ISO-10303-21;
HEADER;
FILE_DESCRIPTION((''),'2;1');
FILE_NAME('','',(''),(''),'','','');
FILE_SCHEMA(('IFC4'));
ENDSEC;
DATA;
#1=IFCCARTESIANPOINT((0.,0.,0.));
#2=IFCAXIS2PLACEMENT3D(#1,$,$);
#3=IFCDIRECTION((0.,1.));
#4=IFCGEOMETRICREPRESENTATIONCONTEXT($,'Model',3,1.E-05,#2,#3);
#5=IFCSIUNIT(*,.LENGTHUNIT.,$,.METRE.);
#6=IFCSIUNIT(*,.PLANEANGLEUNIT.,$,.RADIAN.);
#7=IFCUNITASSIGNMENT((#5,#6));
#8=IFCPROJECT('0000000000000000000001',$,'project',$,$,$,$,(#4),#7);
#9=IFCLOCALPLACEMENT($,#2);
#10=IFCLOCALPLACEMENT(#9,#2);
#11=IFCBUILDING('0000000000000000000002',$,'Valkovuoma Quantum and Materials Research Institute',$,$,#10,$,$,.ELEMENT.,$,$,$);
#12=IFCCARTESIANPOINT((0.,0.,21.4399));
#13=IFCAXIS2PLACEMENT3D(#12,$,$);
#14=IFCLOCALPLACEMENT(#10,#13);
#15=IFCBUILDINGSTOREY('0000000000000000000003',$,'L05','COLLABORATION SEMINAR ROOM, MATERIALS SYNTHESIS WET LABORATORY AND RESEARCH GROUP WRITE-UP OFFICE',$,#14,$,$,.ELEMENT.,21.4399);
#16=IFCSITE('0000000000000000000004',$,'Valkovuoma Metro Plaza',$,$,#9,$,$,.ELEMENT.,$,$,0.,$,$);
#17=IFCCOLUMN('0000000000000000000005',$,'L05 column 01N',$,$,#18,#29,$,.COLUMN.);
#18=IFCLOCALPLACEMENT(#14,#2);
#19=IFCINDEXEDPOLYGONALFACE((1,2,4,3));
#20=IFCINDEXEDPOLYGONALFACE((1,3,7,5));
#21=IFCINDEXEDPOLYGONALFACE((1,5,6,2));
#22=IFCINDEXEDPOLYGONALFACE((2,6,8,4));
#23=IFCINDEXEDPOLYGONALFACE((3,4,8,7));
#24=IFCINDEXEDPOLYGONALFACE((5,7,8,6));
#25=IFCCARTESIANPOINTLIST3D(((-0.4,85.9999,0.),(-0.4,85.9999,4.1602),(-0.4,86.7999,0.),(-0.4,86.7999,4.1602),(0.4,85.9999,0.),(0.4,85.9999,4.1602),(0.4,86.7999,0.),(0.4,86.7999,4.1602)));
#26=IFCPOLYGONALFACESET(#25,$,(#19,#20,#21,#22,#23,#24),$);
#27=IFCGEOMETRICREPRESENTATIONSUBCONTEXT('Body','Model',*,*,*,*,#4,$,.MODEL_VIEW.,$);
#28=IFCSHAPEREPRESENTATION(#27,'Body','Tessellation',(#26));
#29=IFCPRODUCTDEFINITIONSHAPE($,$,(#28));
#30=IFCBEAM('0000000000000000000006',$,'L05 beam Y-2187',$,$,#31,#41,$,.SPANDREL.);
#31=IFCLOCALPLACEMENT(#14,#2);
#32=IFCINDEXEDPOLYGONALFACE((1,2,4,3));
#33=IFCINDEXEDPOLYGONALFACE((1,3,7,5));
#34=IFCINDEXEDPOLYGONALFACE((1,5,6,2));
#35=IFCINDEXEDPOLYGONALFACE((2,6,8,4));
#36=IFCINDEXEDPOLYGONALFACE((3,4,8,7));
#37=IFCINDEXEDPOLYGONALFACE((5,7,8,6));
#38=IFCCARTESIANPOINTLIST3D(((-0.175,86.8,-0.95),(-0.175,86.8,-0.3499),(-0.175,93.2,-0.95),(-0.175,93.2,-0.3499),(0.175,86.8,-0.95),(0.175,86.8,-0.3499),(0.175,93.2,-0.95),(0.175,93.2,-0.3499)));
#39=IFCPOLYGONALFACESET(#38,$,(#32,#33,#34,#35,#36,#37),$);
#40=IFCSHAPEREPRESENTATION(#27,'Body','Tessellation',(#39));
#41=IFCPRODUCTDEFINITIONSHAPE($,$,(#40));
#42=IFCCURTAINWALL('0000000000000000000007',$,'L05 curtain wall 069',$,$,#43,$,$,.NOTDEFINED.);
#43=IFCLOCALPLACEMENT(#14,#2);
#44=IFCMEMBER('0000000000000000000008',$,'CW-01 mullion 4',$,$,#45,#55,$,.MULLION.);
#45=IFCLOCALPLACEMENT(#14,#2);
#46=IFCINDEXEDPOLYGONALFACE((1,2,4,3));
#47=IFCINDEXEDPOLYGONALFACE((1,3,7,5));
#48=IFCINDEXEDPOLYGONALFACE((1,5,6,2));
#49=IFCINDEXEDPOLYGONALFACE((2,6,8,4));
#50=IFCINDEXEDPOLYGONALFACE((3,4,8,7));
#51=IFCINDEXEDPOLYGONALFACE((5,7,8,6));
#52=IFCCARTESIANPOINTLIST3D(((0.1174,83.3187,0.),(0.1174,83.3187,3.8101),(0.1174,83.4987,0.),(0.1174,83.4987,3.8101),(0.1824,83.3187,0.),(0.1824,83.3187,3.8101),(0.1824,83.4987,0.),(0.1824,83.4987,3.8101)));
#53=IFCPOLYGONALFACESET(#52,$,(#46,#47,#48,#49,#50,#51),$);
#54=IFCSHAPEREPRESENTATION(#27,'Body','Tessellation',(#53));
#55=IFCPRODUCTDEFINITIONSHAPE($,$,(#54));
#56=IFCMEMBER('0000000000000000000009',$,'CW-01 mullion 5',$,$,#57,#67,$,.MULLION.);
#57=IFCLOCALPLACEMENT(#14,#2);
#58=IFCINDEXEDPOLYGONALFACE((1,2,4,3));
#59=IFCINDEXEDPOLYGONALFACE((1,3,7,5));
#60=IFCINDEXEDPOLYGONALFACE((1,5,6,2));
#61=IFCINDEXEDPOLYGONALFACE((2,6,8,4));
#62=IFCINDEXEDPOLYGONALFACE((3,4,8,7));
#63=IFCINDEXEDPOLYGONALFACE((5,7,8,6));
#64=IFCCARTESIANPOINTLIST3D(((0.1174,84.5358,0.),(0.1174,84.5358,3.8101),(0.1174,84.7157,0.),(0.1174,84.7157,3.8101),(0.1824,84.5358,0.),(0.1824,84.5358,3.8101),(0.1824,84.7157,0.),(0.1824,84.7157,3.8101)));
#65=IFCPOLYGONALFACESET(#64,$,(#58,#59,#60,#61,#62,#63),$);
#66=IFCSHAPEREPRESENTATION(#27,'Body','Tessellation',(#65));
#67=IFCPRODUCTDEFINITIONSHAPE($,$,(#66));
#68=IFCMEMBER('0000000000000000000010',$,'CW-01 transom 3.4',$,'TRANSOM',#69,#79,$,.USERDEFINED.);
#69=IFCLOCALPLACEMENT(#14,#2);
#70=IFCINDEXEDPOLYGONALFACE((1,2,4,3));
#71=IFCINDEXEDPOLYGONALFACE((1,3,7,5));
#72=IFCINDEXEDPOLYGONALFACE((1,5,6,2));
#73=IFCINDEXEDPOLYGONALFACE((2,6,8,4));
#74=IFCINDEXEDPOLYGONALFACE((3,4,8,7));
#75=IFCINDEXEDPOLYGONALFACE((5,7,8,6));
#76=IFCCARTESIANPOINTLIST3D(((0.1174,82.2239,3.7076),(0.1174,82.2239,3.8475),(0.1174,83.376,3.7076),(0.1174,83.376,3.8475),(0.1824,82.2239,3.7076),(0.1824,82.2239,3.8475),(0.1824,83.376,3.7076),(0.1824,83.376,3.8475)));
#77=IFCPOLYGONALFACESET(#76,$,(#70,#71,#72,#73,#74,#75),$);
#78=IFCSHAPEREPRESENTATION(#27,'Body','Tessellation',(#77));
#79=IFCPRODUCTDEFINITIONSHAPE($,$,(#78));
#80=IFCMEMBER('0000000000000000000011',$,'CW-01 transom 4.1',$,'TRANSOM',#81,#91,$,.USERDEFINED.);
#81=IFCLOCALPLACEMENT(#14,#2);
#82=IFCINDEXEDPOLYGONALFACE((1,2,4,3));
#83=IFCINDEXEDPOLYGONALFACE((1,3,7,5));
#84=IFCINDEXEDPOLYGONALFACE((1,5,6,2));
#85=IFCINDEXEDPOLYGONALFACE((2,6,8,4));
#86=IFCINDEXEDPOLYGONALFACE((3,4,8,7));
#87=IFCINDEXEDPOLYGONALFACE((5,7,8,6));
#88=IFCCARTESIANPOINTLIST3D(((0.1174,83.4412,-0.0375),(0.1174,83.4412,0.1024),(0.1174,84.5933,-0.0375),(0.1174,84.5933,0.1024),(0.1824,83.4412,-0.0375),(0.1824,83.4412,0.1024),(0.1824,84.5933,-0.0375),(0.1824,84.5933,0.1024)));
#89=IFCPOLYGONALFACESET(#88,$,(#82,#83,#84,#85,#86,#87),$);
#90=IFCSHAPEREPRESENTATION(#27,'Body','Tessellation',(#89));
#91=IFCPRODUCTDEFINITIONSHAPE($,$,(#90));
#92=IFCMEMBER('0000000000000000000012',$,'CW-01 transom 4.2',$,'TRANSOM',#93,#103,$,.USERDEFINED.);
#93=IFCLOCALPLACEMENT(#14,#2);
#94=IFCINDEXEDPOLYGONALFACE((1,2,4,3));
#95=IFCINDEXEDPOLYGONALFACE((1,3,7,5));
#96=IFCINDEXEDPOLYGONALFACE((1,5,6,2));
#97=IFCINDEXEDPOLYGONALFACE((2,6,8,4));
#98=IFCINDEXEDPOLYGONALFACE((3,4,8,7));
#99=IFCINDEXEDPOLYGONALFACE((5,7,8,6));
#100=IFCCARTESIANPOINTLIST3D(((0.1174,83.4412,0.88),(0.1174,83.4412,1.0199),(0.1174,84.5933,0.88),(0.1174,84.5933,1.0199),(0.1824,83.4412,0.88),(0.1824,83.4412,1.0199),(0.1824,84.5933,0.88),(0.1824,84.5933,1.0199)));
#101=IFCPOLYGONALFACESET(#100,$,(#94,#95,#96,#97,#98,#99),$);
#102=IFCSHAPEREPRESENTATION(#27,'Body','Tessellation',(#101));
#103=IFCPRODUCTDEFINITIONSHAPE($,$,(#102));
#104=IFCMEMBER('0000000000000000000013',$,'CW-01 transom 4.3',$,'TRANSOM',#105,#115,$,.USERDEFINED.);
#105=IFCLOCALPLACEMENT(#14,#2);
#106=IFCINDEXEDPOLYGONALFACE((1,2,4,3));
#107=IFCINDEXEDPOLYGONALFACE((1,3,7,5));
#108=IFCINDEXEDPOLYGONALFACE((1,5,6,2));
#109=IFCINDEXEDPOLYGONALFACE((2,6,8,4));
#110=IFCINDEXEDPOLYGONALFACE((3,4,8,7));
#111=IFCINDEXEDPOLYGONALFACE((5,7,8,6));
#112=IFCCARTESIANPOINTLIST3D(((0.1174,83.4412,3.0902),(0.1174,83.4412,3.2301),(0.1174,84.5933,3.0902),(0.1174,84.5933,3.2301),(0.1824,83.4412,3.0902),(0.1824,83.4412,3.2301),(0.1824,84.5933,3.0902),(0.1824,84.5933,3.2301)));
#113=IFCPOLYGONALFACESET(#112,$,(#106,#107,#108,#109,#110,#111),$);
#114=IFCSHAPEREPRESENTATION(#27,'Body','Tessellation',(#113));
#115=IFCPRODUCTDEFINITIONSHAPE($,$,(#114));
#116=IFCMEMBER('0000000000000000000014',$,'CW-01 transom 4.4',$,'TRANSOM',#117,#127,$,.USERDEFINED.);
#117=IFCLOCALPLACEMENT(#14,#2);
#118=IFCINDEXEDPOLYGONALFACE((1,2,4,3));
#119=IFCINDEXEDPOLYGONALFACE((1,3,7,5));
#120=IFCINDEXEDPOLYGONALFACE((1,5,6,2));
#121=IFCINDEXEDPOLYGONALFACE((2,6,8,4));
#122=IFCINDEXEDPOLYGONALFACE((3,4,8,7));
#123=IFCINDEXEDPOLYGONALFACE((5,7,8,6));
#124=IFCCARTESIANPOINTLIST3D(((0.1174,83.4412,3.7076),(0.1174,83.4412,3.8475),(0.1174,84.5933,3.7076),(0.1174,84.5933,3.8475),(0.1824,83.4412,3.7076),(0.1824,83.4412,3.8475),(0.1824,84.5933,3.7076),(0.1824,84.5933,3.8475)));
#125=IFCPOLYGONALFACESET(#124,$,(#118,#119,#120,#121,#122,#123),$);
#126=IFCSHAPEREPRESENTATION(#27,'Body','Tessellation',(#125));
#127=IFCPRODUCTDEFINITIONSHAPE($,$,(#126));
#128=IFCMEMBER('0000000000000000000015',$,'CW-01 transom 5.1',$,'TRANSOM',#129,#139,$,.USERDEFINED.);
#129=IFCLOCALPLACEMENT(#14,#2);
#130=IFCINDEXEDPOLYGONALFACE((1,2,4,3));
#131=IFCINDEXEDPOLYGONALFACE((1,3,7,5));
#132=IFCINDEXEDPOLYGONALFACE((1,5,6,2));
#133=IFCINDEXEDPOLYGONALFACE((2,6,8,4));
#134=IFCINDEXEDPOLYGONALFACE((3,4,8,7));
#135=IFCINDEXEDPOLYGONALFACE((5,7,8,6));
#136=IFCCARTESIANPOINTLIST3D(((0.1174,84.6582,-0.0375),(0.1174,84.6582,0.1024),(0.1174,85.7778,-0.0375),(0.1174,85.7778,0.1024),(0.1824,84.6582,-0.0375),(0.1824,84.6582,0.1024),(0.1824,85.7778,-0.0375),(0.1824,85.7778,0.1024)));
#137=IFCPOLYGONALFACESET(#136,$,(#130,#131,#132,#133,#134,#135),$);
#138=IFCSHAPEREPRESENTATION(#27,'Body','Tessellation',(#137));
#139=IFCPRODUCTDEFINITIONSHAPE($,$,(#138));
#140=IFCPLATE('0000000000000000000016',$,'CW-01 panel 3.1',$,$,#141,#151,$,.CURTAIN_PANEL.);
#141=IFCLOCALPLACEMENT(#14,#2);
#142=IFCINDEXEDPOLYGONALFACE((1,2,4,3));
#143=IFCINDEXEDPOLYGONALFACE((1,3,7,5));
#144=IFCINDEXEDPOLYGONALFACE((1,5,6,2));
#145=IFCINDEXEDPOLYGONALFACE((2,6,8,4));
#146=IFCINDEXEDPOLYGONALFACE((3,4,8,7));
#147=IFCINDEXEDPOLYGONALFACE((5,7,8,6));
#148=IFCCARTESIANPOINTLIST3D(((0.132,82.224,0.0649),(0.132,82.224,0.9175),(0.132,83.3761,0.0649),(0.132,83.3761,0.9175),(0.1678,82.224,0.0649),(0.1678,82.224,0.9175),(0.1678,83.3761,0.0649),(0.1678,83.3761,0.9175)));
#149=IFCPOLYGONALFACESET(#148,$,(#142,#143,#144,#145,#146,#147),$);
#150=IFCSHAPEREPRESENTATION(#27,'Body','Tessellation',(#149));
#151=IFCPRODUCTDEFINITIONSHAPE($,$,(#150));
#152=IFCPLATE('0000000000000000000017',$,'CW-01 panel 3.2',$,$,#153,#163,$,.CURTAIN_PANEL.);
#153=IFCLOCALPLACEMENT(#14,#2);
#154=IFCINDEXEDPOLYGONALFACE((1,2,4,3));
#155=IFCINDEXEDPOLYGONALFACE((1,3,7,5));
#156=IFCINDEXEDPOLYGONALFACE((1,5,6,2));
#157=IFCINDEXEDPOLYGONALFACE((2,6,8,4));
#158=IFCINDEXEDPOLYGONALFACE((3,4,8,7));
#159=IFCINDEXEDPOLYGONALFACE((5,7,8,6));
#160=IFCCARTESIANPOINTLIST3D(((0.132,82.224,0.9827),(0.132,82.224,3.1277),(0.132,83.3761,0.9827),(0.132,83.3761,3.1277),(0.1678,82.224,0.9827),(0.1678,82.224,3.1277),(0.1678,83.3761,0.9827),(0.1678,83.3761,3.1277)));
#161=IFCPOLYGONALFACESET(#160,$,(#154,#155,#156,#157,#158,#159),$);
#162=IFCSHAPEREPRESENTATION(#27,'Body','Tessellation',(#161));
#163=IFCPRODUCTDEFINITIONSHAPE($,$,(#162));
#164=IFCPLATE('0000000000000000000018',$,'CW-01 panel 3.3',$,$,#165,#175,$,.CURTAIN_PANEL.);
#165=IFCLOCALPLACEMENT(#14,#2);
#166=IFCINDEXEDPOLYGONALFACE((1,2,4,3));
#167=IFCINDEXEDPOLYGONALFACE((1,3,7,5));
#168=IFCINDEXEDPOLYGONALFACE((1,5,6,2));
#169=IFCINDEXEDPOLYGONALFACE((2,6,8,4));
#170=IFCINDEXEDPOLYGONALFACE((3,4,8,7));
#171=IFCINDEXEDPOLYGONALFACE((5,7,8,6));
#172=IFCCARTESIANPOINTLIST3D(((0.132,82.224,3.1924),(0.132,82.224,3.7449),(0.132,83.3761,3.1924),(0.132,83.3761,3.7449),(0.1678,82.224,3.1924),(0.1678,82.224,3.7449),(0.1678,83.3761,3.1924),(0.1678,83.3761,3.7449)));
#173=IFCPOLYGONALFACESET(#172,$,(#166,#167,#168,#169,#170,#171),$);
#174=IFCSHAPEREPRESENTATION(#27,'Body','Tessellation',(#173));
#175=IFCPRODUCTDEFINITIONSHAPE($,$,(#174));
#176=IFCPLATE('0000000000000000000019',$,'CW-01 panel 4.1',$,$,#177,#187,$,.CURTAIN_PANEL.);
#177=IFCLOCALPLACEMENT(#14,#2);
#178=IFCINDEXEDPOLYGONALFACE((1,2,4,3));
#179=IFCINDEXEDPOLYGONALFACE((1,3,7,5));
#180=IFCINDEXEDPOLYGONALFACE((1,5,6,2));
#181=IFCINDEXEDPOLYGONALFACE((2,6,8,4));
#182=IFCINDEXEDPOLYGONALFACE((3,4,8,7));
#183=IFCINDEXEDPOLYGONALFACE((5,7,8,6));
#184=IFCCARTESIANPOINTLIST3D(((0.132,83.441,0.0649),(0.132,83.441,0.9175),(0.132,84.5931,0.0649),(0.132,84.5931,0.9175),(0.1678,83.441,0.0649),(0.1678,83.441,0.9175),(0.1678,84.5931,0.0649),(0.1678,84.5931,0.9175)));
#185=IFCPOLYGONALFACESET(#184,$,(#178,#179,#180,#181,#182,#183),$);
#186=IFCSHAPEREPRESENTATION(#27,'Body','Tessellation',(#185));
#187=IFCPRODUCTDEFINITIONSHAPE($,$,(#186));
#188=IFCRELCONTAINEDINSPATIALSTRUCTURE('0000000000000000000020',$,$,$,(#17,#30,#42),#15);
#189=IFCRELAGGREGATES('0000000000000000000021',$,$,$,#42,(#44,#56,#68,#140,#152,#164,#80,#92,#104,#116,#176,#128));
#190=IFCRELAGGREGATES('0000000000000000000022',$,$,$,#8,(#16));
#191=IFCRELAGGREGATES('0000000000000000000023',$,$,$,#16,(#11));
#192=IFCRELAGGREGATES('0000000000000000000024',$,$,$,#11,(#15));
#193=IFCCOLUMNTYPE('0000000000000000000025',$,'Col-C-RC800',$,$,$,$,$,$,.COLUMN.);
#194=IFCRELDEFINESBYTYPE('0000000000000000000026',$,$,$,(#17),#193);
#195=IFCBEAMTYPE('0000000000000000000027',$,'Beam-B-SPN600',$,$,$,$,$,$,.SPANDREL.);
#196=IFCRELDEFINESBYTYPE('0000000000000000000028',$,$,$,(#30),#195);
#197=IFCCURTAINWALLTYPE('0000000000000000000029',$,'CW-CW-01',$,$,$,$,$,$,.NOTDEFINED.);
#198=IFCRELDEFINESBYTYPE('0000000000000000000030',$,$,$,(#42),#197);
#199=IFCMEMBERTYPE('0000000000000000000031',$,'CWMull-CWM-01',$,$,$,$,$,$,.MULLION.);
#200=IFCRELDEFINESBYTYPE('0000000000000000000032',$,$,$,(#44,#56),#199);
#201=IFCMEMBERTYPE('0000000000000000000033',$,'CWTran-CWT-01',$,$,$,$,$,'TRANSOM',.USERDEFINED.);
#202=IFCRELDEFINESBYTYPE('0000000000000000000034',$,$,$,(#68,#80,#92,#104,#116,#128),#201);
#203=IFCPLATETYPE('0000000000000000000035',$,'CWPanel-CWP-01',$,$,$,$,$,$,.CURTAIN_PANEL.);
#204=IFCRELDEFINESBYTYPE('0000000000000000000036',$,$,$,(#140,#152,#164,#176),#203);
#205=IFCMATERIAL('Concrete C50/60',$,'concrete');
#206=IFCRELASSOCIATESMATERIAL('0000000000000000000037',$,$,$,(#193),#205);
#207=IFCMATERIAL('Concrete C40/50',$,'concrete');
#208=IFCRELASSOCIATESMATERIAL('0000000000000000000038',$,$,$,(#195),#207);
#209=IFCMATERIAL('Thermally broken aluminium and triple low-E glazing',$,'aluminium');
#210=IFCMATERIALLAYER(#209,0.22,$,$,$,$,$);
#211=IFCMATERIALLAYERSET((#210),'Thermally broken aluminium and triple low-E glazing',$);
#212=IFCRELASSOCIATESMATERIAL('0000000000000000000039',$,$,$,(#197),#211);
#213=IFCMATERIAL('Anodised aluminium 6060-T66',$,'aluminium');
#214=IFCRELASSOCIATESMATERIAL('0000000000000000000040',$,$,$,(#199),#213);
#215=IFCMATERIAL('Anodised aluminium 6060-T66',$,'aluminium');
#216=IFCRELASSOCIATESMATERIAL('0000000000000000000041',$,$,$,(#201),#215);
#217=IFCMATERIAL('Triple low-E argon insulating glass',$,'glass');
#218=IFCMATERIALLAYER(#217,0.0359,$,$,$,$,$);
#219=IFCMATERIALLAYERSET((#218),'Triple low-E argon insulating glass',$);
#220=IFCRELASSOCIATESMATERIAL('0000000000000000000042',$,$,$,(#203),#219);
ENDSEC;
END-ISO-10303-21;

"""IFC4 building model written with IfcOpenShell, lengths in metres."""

from ifc_helpers import new_model, si_unit, direction, frame, origin, origin_2d, place, context, subcontext, project, spatial, rectangle, extrude, material, layer, layer_set, material_profile, profile_set, type_object, element, aggregate, save


model = new_model("IFC4")

# Units and contexts
model_context = context("Model", 3, precision=1e-05, world=origin(), true_north=direction((0.0, 1.0)))
body_context = subcontext(model_context, "Body", "Model", "MODEL_VIEW")
ifc_project = project(units=[si_unit("LENGTHUNIT", "METRE"), si_unit("PLANEANGLEUNIT", "RADIAN")], contexts=[model_context])

# Site, building, storey
site_placement = place(None, origin())
site = spatial("IfcSite", under=ifc_project, at=site_placement, Name="Valkovuoma Metro Plaza", CompositionType="ELEMENT", RefElevation=0.0)
building_placement = place(site_placement, origin())
building = spatial("IfcBuilding", under=site, at=building_placement, Name="Valkovuoma Quantum and Materials Research Institute", CompositionType="ELEMENT")
storey_placement = place(building_placement, frame((0.0, 0.0, 21.4399)))
storey = spatial("IfcBuildingStorey", under=building, at=storey_placement, Name="L05", Description="COLLABORATION SEMINAR ROOM, MATERIALS SYNTHESIS WET LABORATORY AND RESEARCH GROUP WRITE-UP OFFICE", CompositionType="ELEMENT", Elevation=21.4399)

# Column
ifc_material_1 = material(Name="Concrete C50/60", Category="concrete")
ifc_material_profile_1 = material_profile(ifc_material_1, rectangle(XDim=0.8, YDim=0.8, at=origin_2d()), Name="Concrete C50/60")
ifc_profile_set_1 = profile_set([ifc_material_profile_1], Name="Concrete C50/60")
column_type = type_object("IfcColumnType", Name="Col-C-RC800", PredefinedType="COLUMN", material=ifc_profile_set_1)
column_placement = place(storey_placement, frame((0.0, 86.3999, 0.0), z_axis=(0.0, 0.0, 1.0), x_axis=(1.0, 0.0, 0.0)))
element("IfcColumn", 1, at=column_placement, inside=storey, type_object=column_type, Name="L05 column 01N", PredefinedType="COLUMN", context=body_context, shape_type="SweptSolid", body=[
    extrude(rectangle(XDim=0.8, YDim=0.8, at=origin_2d()), origin(), (0.0, 0.0, 1.0), 4.1602),
])

# Beam
ifc_material_2 = material(Name="Concrete C40/50", Category="concrete")
ifc_material_profile_2 = material_profile(ifc_material_2, rectangle(XDim=0.3501, YDim=0.6001, at=origin_2d()), Name="Concrete C40/50")
ifc_profile_set_2 = profile_set([ifc_material_profile_2], Name="Concrete C40/50")
beam_type = type_object("IfcBeamType", Name="Beam-B-SPN600", PredefinedType="SPANDREL", material=ifc_profile_set_2)
beam_placement = place(storey_placement, frame((0.0, 86.8, -0.6499), z_axis=(0.0, 1.0, 0.0), x_axis=(-1.0, 0.0, 0.0)))
element("IfcBeam", 2, at=beam_placement, inside=storey, type_object=beam_type, Name="L05 beam Y-2187", PredefinedType="SPANDREL", context=body_context, shape_type="SweptSolid", body=[
    extrude(rectangle(XDim=0.3501, YDim=0.6001, at=origin_2d()), origin(), (0.0, 0.0, 1.0), 6.3999),
])

# Curtain wall, members, plates
ifc_material_3 = material(Name="Thermally broken aluminium and triple low-E glazing", Category="aluminium")
ifc_layer_1 = layer(ifc_material_3, 0.22)
ifc_layer_set_1 = layer_set([ifc_layer_1], Name="Thermally broken aluminium and triple low-E glazing")
curtain_wall_type = type_object("IfcCurtainWallType", Name="CW-CW-01", PredefinedType="NOTDEFINED", material=ifc_layer_set_1)
curtain_wall_placement = place(storey_placement, origin())
curtain_wall = element("IfcCurtainWall", 3, at=curtain_wall_placement, inside=storey, type_object=curtain_wall_type, Name="L05 curtain wall 069", PredefinedType="NOTDEFINED")
ifc_material_4 = material(Name="Anodised aluminium 6060-T66", Category="aluminium")
ifc_material_profile_3 = material_profile(ifc_material_4, rectangle(XDim=0.0649, YDim=0.1799, at=origin_2d()), Name="Anodised aluminium 6060-T66")
ifc_profile_set_3 = profile_set([ifc_material_profile_3], Name="Anodised aluminium 6060-T66")
member_type_1 = type_object("IfcMemberType", Name="CWMull-CWM-01", PredefinedType="MULLION", material=ifc_profile_set_3)
member_1_placement = place(storey_placement, frame((0.1499, 83.4087, 0.0), z_axis=(0.0, 0.0, 1.0), x_axis=(-1.0, 0.0, 0.0)))
member_1 = element("IfcMember", 4, at=member_1_placement, type_object=member_type_1, Name="CW-01 mullion 4", PredefinedType="MULLION", context=body_context, shape_type="SweptSolid", body=[
    extrude(rectangle(XDim=0.0649, YDim=0.1799, at=origin_2d()), origin(), (0.0, 0.0, 1.0), 3.8101),
])
member_2_placement = place(storey_placement, frame((0.1499, 84.6257, 0.0), z_axis=(0.0, 0.0, 1.0), x_axis=(-1.0, 0.0, 0.0)))
member_2 = element("IfcMember", 5, at=member_2_placement, type_object=member_type_1, Name="CW-01 mullion 5", PredefinedType="MULLION", context=body_context, shape_type="SweptSolid", body=[
    extrude(rectangle(XDim=0.0649, YDim=0.1799, at=origin_2d()), origin(), (0.0, 0.0, 1.0), 3.8101),
])
ifc_material_5 = material(Name="Anodised aluminium 6060-T66", Category="aluminium")
ifc_material_profile_4 = material_profile(ifc_material_5, rectangle(XDim=0.0649, YDim=0.1399, at=origin_2d()), Name="Anodised aluminium 6060-T66")
ifc_profile_set_4 = profile_set([ifc_material_profile_4], Name="Anodised aluminium 6060-T66")
member_type_2 = type_object("IfcMemberType", Name="CWTran-CWT-01", ElementType="TRANSOM", PredefinedType="USERDEFINED", material=ifc_profile_set_4)
member_3_placement = place(storey_placement, frame((0.1499, 82.2239, 3.7776), z_axis=(0.0, 1.0, 0.0), x_axis=(-1.0, 0.0, 0.0)))
member_3 = element("IfcMember", 6, at=member_3_placement, type_object=member_type_2, Name="CW-01 transom 3.4", ObjectType="TRANSOM", PredefinedType="USERDEFINED", context=body_context, shape_type="SweptSolid", body=[
    extrude(rectangle(XDim=0.0649, YDim=0.1399, at=origin_2d()), origin(), (0.0, 0.0, 1.0), 1.1521),
])
member_4_placement = place(storey_placement, frame((0.1499, 83.4412, 0.0325), z_axis=(0.0, 1.0, 0.0), x_axis=(-1.0, 0.0, 0.0)))
member_4 = element("IfcMember", 7, at=member_4_placement, type_object=member_type_2, Name="CW-01 transom 4.1", ObjectType="TRANSOM", PredefinedType="USERDEFINED", context=body_context, shape_type="SweptSolid", body=[
    extrude(rectangle(XDim=0.0649, YDim=0.1399, at=origin_2d()), origin(), (0.0, 0.0, 1.0), 1.1521),
])
member_5_placement = place(storey_placement, frame((0.1499, 83.4412, 0.95), z_axis=(0.0, 1.0, 0.0), x_axis=(-1.0, 0.0, 0.0)))
member_5 = element("IfcMember", 8, at=member_5_placement, type_object=member_type_2, Name="CW-01 transom 4.2", ObjectType="TRANSOM", PredefinedType="USERDEFINED", context=body_context, shape_type="SweptSolid", body=[
    extrude(rectangle(XDim=0.0649, YDim=0.1399, at=origin_2d()), origin(), (0.0, 0.0, 1.0), 1.1521),
])
member_6_placement = place(storey_placement, frame((0.1499, 83.4412, 3.1602), z_axis=(0.0, 1.0, 0.0), x_axis=(-1.0, 0.0, 0.0)))
member_6 = element("IfcMember", 9, at=member_6_placement, type_object=member_type_2, Name="CW-01 transom 4.3", ObjectType="TRANSOM", PredefinedType="USERDEFINED", context=body_context, shape_type="SweptSolid", body=[
    extrude(rectangle(XDim=0.0649, YDim=0.1399, at=origin_2d()), origin(), (0.0, 0.0, 1.0), 1.1521),
])
member_7_placement = place(storey_placement, frame((0.1499, 83.4412, 3.7776), z_axis=(0.0, 1.0, 0.0), x_axis=(-1.0, 0.0, 0.0)))
member_7 = element("IfcMember", 10, at=member_7_placement, type_object=member_type_2, Name="CW-01 transom 4.4", ObjectType="TRANSOM", PredefinedType="USERDEFINED", context=body_context, shape_type="SweptSolid", body=[
    extrude(rectangle(XDim=0.0649, YDim=0.1399, at=origin_2d()), origin(), (0.0, 0.0, 1.0), 1.1521),
])
member_8_placement = place(storey_placement, frame((0.1499, 84.6582, 0.0325), z_axis=(0.0, 1.0, 0.0), x_axis=(-1.0, 0.0, 0.0)))
member_8 = element("IfcMember", 11, at=member_8_placement, type_object=member_type_2, Name="CW-01 transom 5.1", ObjectType="TRANSOM", PredefinedType="USERDEFINED", context=body_context, shape_type="SweptSolid", body=[
    extrude(rectangle(XDim=0.0649, YDim=0.1399, at=origin_2d()), origin(), (0.0, 0.0, 1.0), 1.1196),
])
ifc_material_6 = material(Name="Triple low-E argon insulating glass", Category="glass")
ifc_layer_2 = layer(ifc_material_6, 0.0359)
ifc_layer_set_2 = layer_set([ifc_layer_2], Name="Triple low-E argon insulating glass")
plate_type = type_object("IfcPlateType", Name="CWPanel-CWP-01", PredefinedType="CURTAIN_PANEL", material=ifc_layer_set_2)
plate_1_placement = place(storey_placement, frame((0.1499, 82.8, 0.0649), z_axis=(0.0, 0.0, 1.0), x_axis=(0.0, 1.0, 0.0)))
plate_1 = element("IfcPlate", 12, at=plate_1_placement, type_object=plate_type, Name="CW-01 panel 3.1", PredefinedType="CURTAIN_PANEL", context=body_context, shape_type="SweptSolid", body=[
    extrude(rectangle(XDim=1.1521, YDim=0.0359, at=origin_2d()), origin(), (0.0, 0.0, 1.0), 0.8525),
])
plate_2_placement = place(storey_placement, frame((0.1499, 82.8, 0.9827), z_axis=(0.0, 0.0, 1.0), x_axis=(0.0, 1.0, 0.0)))
plate_2 = element("IfcPlate", 13, at=plate_2_placement, type_object=plate_type, Name="CW-01 panel 3.2", PredefinedType="CURTAIN_PANEL", context=body_context, shape_type="SweptSolid", body=[
    extrude(rectangle(XDim=1.1521, YDim=0.0359, at=origin_2d()), origin(), (0.0, 0.0, 1.0), 2.145),
])
plate_3_placement = place(storey_placement, frame((0.1499, 82.8, 3.1924), z_axis=(0.0, 0.0, 1.0), x_axis=(0.0, 1.0, 0.0)))
plate_3 = element("IfcPlate", 14, at=plate_3_placement, type_object=plate_type, Name="CW-01 panel 3.3", PredefinedType="CURTAIN_PANEL", context=body_context, shape_type="SweptSolid", body=[
    extrude(rectangle(XDim=1.1521, YDim=0.0359, at=origin_2d()), origin(), (0.0, 0.0, 1.0), 0.5525),
])
plate_4_placement = place(storey_placement, frame((0.1499, 84.0171, 0.0649), z_axis=(0.0, 0.0, 1.0), x_axis=(0.0, 1.0, 0.0)))
plate_4 = element("IfcPlate", 15, at=plate_4_placement, type_object=plate_type, Name="CW-01 panel 4.1", PredefinedType="CURTAIN_PANEL", context=body_context, shape_type="SweptSolid", body=[
    extrude(rectangle(XDim=1.1521, YDim=0.0359, at=origin_2d()), origin(), (0.0, 0.0, 1.0), 0.8525),
])
aggregate(curtain_wall, [member_1, member_2, member_3, plate_1, plate_2, plate_3, member_4, member_5, member_6, member_7, plate_4, member_8])

save(model, "model.ifc")
